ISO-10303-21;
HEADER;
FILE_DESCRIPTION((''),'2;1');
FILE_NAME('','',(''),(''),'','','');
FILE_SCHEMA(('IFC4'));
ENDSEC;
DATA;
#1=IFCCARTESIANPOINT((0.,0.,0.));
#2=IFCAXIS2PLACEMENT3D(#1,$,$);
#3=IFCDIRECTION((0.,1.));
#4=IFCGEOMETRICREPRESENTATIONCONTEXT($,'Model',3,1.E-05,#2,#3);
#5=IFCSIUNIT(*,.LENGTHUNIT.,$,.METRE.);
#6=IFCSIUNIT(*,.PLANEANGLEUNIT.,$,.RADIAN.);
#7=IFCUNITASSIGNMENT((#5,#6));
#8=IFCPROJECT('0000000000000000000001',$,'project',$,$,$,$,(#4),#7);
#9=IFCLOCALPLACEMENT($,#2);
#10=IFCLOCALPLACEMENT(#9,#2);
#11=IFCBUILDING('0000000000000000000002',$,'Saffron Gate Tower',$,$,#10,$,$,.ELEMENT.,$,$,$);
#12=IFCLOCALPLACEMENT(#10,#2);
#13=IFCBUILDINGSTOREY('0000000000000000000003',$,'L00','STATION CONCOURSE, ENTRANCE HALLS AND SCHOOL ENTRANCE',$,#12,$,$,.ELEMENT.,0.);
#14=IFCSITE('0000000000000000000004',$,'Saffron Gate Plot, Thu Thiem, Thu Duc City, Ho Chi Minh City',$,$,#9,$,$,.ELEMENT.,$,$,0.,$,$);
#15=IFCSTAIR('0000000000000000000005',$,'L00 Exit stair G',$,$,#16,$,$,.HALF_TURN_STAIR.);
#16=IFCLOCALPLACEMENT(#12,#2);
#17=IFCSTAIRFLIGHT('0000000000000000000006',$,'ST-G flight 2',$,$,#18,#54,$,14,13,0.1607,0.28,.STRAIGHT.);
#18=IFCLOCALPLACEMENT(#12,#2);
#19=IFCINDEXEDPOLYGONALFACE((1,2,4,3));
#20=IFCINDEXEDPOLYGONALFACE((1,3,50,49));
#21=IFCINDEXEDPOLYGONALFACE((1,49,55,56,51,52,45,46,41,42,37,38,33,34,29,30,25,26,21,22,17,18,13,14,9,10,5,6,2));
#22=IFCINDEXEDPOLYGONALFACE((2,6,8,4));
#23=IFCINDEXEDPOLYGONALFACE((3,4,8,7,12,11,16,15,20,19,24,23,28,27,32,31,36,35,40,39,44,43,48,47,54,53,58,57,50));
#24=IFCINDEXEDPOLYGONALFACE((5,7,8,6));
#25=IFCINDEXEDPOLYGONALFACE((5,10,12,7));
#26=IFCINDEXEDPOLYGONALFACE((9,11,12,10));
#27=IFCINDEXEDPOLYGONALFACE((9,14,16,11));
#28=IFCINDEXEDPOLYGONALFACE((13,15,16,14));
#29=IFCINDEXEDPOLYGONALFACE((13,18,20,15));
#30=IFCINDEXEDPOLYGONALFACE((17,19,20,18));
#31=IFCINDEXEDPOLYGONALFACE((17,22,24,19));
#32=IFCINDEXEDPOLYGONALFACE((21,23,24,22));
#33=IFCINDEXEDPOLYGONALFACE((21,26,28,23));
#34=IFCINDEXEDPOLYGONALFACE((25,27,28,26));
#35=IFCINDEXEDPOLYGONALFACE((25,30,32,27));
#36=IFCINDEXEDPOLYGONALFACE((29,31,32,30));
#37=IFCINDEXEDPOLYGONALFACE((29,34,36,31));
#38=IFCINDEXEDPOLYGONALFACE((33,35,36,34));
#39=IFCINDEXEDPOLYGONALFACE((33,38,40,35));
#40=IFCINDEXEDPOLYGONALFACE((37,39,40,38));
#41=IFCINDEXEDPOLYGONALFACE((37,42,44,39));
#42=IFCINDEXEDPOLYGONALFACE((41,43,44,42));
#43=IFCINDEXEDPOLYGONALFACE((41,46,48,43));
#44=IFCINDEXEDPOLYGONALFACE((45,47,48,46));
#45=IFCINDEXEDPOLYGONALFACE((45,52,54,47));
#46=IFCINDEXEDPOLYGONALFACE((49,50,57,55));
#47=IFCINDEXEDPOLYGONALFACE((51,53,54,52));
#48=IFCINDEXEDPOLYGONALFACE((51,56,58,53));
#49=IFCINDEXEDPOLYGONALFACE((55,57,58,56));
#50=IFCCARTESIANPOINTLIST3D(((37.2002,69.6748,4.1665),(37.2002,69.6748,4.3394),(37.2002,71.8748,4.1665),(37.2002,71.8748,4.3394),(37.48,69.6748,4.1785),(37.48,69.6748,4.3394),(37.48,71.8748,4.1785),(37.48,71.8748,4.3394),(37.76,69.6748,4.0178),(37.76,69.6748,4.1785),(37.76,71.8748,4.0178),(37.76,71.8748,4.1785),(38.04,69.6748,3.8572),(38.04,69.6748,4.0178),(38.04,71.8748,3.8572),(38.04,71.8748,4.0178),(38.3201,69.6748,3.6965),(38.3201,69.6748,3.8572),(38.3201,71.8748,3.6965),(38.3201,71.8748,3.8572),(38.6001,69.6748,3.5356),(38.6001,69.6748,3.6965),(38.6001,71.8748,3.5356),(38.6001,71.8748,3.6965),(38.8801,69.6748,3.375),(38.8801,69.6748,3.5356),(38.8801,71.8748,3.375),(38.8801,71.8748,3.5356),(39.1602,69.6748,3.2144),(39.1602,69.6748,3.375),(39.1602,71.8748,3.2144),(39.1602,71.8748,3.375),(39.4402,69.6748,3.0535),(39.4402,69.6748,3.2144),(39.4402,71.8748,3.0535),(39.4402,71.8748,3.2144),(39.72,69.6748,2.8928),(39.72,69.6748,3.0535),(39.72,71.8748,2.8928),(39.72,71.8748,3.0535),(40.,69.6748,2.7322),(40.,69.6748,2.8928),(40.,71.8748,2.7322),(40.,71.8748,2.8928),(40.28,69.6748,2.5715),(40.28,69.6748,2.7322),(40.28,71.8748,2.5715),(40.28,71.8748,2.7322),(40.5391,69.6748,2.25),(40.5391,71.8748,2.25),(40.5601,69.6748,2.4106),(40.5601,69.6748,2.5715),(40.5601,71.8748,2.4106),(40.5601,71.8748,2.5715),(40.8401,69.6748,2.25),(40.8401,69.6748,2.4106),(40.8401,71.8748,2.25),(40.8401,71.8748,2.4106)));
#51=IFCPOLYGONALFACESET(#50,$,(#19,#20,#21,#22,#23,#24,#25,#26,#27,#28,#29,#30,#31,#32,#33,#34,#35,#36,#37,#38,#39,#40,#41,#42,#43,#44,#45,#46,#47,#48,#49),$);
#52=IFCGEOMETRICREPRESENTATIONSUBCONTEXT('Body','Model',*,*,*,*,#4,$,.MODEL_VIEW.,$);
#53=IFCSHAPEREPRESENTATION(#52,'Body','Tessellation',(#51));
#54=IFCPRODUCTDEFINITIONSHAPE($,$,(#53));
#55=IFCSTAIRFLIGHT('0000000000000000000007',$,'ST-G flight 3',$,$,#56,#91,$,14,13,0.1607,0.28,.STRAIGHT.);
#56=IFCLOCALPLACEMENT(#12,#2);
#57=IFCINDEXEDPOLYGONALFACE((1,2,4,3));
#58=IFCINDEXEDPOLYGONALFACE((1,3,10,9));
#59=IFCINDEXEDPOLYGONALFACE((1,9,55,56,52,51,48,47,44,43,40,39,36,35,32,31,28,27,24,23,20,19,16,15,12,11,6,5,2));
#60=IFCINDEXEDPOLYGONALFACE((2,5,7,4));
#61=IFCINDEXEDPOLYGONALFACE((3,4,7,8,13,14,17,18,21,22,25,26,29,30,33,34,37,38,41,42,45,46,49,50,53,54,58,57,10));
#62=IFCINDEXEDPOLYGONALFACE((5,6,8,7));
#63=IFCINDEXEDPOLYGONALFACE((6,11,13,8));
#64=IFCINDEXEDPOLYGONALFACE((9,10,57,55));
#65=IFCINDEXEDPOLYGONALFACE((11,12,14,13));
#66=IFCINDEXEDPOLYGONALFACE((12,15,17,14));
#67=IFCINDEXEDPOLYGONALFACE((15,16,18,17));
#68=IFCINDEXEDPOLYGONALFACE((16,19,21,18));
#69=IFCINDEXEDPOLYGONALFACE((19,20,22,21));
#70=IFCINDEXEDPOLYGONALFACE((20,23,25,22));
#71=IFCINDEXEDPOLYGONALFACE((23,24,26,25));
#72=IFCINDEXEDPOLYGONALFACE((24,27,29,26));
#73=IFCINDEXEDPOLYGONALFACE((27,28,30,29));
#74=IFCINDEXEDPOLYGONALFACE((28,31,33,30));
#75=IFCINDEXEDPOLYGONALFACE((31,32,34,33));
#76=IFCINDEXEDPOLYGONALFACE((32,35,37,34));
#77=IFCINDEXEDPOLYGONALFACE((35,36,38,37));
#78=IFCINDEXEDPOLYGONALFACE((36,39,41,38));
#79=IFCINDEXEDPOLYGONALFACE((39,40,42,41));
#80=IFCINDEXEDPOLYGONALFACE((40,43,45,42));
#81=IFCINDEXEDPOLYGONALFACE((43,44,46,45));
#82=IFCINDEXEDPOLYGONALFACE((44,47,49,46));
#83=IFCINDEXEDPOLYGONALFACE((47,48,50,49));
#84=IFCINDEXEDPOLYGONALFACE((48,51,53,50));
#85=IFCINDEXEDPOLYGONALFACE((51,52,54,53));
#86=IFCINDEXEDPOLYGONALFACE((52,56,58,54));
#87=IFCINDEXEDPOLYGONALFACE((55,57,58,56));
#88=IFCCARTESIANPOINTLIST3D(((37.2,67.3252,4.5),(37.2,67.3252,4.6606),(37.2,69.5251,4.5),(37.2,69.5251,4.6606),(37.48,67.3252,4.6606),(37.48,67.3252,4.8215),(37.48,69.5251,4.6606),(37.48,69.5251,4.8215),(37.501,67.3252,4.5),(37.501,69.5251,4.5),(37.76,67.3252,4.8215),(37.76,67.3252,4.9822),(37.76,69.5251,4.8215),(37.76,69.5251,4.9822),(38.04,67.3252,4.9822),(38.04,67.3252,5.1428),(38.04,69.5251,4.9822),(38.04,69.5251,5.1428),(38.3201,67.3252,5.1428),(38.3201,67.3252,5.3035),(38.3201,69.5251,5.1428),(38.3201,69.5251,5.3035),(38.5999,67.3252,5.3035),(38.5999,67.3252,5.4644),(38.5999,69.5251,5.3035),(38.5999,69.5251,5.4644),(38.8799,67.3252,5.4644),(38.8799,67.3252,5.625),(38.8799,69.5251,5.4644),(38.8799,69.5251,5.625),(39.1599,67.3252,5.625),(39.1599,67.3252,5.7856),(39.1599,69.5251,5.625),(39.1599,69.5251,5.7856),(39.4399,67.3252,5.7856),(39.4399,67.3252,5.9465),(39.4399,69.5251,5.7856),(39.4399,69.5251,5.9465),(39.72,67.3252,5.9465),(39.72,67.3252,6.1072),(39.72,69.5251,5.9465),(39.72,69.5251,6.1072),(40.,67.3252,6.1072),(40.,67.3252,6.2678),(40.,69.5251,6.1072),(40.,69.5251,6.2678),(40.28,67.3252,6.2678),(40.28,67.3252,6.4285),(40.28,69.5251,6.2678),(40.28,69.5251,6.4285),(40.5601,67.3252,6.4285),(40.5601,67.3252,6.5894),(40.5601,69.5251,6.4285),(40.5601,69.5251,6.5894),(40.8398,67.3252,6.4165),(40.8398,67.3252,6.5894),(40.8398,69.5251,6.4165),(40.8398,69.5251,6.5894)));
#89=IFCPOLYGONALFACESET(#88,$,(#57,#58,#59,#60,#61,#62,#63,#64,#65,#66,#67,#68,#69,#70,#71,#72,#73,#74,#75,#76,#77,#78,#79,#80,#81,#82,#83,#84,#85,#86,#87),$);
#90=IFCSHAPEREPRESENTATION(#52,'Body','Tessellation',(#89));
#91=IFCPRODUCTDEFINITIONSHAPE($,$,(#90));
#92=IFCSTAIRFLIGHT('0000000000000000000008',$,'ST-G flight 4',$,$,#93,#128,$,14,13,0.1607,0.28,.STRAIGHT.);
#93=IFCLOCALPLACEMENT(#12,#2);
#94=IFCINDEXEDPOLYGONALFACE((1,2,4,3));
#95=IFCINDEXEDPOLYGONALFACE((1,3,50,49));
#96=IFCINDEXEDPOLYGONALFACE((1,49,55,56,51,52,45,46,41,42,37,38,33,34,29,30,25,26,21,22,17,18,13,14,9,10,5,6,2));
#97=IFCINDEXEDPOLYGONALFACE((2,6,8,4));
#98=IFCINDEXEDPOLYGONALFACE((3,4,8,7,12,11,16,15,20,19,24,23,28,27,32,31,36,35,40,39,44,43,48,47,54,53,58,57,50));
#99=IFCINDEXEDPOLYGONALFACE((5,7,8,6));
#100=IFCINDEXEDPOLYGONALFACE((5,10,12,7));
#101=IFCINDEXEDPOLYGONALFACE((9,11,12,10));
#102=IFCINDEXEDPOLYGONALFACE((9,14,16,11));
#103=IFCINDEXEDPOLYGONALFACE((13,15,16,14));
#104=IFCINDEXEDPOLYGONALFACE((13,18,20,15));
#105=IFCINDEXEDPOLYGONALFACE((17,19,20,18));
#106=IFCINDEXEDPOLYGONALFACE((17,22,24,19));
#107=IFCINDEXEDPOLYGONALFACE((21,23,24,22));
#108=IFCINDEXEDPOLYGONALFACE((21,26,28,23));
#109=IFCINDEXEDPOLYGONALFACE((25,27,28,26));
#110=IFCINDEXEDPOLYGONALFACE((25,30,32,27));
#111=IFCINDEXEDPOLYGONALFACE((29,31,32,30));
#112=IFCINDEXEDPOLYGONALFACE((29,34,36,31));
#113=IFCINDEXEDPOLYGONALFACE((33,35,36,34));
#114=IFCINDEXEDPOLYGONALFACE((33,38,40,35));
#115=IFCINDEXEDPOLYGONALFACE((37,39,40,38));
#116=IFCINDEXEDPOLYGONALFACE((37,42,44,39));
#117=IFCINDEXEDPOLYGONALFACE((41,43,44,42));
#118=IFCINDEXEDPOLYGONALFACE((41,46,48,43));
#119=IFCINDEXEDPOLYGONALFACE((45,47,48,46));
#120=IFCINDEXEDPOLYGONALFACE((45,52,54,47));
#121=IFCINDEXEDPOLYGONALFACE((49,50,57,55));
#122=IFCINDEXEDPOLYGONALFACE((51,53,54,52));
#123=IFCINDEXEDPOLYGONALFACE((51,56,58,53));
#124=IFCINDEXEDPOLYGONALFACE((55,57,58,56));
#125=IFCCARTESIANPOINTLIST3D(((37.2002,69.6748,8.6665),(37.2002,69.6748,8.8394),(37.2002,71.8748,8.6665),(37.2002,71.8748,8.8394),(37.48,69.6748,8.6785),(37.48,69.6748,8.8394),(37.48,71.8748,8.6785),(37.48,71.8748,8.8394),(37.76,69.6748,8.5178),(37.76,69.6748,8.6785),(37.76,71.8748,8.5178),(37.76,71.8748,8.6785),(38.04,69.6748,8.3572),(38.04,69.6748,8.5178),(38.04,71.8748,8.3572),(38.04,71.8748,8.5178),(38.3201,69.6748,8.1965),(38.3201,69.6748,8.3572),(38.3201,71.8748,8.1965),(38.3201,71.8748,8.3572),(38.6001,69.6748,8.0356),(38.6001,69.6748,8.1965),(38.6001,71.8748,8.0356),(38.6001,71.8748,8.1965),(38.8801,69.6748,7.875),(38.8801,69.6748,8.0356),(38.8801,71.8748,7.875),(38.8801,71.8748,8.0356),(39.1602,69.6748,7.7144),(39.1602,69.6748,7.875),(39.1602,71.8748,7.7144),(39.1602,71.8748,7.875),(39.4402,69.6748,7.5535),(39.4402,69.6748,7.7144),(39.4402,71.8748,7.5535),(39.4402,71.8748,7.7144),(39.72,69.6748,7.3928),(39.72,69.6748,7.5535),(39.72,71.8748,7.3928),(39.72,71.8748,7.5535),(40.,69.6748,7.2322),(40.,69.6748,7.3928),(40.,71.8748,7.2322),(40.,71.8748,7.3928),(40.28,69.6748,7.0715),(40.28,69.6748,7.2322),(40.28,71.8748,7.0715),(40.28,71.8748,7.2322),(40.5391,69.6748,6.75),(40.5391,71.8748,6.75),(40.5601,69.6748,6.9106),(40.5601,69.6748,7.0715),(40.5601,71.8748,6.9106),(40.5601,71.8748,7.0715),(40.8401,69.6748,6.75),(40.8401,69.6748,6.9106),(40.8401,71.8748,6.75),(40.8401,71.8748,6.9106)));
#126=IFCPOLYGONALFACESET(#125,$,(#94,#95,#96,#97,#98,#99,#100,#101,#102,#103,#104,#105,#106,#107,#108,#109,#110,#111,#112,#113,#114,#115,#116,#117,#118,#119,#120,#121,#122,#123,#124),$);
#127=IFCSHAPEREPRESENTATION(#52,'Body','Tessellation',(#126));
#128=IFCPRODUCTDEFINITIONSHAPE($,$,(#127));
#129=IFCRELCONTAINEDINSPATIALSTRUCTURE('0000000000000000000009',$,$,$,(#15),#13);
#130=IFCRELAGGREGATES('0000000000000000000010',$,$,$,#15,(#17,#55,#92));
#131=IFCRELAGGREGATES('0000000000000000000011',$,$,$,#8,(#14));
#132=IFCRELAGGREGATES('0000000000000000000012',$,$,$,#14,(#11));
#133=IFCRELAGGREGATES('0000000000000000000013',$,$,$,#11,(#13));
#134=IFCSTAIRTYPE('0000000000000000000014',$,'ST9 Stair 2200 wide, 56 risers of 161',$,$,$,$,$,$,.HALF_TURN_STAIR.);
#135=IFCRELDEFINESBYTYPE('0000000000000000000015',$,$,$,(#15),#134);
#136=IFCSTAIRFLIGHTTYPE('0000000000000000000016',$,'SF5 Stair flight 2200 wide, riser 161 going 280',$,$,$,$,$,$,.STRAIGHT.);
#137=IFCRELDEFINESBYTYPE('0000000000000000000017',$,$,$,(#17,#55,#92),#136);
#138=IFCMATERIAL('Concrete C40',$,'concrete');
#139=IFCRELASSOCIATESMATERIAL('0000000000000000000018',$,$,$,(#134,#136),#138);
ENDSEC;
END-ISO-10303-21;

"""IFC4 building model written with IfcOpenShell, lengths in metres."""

from ifc_helpers import new_model, si_unit, direction, frame, origin, place, context, subcontext, project, spatial, polyline, outline, extrude, material, type_object, element, aggregate, save


model = new_model("IFC4")

# Units and contexts
model_context = context("Model", 3, precision=1e-05, world=origin(), true_north=direction((0.0, 1.0)))
body_context = subcontext(model_context, "Body", "Model", "MODEL_VIEW")
ifc_project = project(units=[si_unit("LENGTHUNIT", "METRE"), si_unit("PLANEANGLEUNIT", "RADIAN")], contexts=[model_context])

# Site, building, storey
site_placement = place(None, origin())
site = spatial("IfcSite", under=ifc_project, at=site_placement, Name="Saffron Gate Plot, Thu Thiem, Thu Duc City, Ho Chi Minh City", CompositionType="ELEMENT", RefElevation=0.0)
building_placement = place(site_placement, origin())
building = spatial("IfcBuilding", under=site, at=building_placement, Name="Saffron Gate Tower", CompositionType="ELEMENT")
storey_placement = place(building_placement, origin())
storey = spatial("IfcBuildingStorey", under=building, at=storey_placement, Name="L00", Description="STATION CONCOURSE, ENTRANCE HALLS AND SCHOOL ENTRANCE", CompositionType="ELEMENT", Elevation=0.0)

# Stair, stair flights
ifc_material_1 = material(Name="Concrete C40", Category="concrete")
stair_type = type_object("IfcStairType", Name="ST9 Stair 2200 wide, 56 risers of 161", PredefinedType="HALF_TURN_STAIR", material=ifc_material_1)
stair_placement = place(storey_placement, origin())
stair = element("IfcStair", 1, at=stair_placement, inside=storey, type_object=stair_type, Name="L00 Exit stair G", PredefinedType="HALF_TURN_STAIR")
stair_flight_type = type_object("IfcStairFlightType", Name="SF5 Stair flight 2200 wide, riser 161 going 280", PredefinedType="STRAIGHT", material=ifc_material_1)
stair_flight_1_placement = place(storey_placement, frame((40.8401, 70.7749, 2.25), z_axis=(0.0, 0.0, 1.0), x_axis=(-1.0, 0.0, 0.0)))
stair_flight_1 = element("IfcStairFlight", 2, at=stair_flight_1_placement, type_object=stair_flight_type, Name="ST-G flight 2", NumberOfRisers=14, NumberOfTreads=13, PredefinedType="STRAIGHT", RiserHeight=0.1607, TreadLength=0.28, context=body_context, shape_type="SweptSolid", body=[
    extrude(outline(polyline([(0.0, 0.0), (0.0, 0.1606), (0.28, 0.1606), (0.28, 0.3215), (0.5601, 0.3215), (0.5601, 0.4822), (0.8401, 0.4822), (0.8401, 0.6428), (1.1201, 0.6428), (1.1201, 0.8035), (1.3999, 0.8035), (1.3999, 0.9644), (1.6799, 0.9644), (1.6799, 1.125), (1.96, 1.125), (1.96, 1.2856), (2.24, 1.2856), (2.24, 1.4465), (2.52, 1.4465), (2.52, 1.6072), (2.8, 1.6072), (2.8, 1.7678), (3.0801, 1.7678), (3.0801, 1.9285), (3.3601, 1.9285), (3.3601, 2.0894), (3.6399, 2.0894), (3.6399, 2.25), (3.6399, 1.9165), (0.301, 0.0), (0.0, 0.0)])), frame((0.0, 1.1001, 0.0), z_axis=(0.0, -1.0, 0.0), x_axis=(1.0, 0.0, 0.0)), (0.0, 0.0, 1.0), 2.2),
])
stair_flight_2_placement = place(storey_placement, frame((37.2, 68.425, 4.5), z_axis=(0.0, 0.0, 1.0), x_axis=(1.0, 0.0, 0.0)))
stair_flight_2 = element("IfcStairFlight", 3, at=stair_flight_2_placement, type_object=stair_flight_type, Name="ST-G flight 3", NumberOfRisers=14, NumberOfTreads=13, PredefinedType="STRAIGHT", RiserHeight=0.1607, TreadLength=0.28, context=body_context, shape_type="SweptSolid", body=[
    extrude(outline(polyline([(0.0, 0.0), (0.0, 0.1606), (0.28, 0.1606), (0.28, 0.3215), (0.5601, 0.3215), (0.5601, 0.4822), (0.8401, 0.4822), (0.8401, 0.6428), (1.1201, 0.6428), (1.1201, 0.8035), (1.3999, 0.8035), (1.3999, 0.9644), (1.6799, 0.9644), (1.6799, 1.125), (1.96, 1.125), (1.96, 1.2856), (2.24, 1.2856), (2.24, 1.4465), (2.52, 1.4465), (2.52, 1.6072), (2.8, 1.6072), (2.8, 1.7678), (3.0801, 1.7678), (3.0801, 1.9285), (3.3601, 1.9285), (3.3601, 2.0894), (3.6399, 2.0894), (3.6399, 2.25), (3.6399, 1.9165), (0.301, 0.0), (0.0, 0.0)])), frame((0.0, 1.1001, 0.0), z_axis=(0.0, -1.0, 0.0), x_axis=(1.0, 0.0, 0.0)), (0.0, 0.0, 1.0), 2.2),
])
stair_flight_3_placement = place(storey_placement, frame((40.8401, 70.7749, 6.75), z_axis=(0.0, 0.0, 1.0), x_axis=(-1.0, 0.0, 0.0)))
stair_flight_3 = element("IfcStairFlight", 4, at=stair_flight_3_placement, type_object=stair_flight_type, Name="ST-G flight 4", NumberOfRisers=14, NumberOfTreads=13, PredefinedType="STRAIGHT", RiserHeight=0.1607, TreadLength=0.28, context=body_context, shape_type="SweptSolid", body=[
    extrude(outline(polyline([(0.0, 0.0), (0.0, 0.1606), (0.28, 0.1606), (0.28, 0.3215), (0.5601, 0.3215), (0.5601, 0.4822), (0.8401, 0.4822), (0.8401, 0.6428), (1.1201, 0.6428), (1.1201, 0.8035), (1.3999, 0.8035), (1.3999, 0.9644), (1.6799, 0.9644), (1.6799, 1.125), (1.96, 1.125), (1.96, 1.2856), (2.24, 1.2856), (2.24, 1.4465), (2.52, 1.4465), (2.52, 1.6072), (2.8, 1.6072), (2.8, 1.7678), (3.0801, 1.7678), (3.0801, 1.9285), (3.3601, 1.9285), (3.3601, 2.0894), (3.6399, 2.0894), (3.6399, 2.25), (3.6399, 1.9165), (0.301, 0.0), (0.0, 0.0)])), frame((0.0, 1.1001, 0.0), z_axis=(0.0, -1.0, 0.0), x_axis=(1.0, 0.0, 0.0)), (0.0, 0.0, 1.0), 2.2),
])
aggregate(stair, [stair_flight_1, stair_flight_2, stair_flight_3])

save(model, "model.ifc")
